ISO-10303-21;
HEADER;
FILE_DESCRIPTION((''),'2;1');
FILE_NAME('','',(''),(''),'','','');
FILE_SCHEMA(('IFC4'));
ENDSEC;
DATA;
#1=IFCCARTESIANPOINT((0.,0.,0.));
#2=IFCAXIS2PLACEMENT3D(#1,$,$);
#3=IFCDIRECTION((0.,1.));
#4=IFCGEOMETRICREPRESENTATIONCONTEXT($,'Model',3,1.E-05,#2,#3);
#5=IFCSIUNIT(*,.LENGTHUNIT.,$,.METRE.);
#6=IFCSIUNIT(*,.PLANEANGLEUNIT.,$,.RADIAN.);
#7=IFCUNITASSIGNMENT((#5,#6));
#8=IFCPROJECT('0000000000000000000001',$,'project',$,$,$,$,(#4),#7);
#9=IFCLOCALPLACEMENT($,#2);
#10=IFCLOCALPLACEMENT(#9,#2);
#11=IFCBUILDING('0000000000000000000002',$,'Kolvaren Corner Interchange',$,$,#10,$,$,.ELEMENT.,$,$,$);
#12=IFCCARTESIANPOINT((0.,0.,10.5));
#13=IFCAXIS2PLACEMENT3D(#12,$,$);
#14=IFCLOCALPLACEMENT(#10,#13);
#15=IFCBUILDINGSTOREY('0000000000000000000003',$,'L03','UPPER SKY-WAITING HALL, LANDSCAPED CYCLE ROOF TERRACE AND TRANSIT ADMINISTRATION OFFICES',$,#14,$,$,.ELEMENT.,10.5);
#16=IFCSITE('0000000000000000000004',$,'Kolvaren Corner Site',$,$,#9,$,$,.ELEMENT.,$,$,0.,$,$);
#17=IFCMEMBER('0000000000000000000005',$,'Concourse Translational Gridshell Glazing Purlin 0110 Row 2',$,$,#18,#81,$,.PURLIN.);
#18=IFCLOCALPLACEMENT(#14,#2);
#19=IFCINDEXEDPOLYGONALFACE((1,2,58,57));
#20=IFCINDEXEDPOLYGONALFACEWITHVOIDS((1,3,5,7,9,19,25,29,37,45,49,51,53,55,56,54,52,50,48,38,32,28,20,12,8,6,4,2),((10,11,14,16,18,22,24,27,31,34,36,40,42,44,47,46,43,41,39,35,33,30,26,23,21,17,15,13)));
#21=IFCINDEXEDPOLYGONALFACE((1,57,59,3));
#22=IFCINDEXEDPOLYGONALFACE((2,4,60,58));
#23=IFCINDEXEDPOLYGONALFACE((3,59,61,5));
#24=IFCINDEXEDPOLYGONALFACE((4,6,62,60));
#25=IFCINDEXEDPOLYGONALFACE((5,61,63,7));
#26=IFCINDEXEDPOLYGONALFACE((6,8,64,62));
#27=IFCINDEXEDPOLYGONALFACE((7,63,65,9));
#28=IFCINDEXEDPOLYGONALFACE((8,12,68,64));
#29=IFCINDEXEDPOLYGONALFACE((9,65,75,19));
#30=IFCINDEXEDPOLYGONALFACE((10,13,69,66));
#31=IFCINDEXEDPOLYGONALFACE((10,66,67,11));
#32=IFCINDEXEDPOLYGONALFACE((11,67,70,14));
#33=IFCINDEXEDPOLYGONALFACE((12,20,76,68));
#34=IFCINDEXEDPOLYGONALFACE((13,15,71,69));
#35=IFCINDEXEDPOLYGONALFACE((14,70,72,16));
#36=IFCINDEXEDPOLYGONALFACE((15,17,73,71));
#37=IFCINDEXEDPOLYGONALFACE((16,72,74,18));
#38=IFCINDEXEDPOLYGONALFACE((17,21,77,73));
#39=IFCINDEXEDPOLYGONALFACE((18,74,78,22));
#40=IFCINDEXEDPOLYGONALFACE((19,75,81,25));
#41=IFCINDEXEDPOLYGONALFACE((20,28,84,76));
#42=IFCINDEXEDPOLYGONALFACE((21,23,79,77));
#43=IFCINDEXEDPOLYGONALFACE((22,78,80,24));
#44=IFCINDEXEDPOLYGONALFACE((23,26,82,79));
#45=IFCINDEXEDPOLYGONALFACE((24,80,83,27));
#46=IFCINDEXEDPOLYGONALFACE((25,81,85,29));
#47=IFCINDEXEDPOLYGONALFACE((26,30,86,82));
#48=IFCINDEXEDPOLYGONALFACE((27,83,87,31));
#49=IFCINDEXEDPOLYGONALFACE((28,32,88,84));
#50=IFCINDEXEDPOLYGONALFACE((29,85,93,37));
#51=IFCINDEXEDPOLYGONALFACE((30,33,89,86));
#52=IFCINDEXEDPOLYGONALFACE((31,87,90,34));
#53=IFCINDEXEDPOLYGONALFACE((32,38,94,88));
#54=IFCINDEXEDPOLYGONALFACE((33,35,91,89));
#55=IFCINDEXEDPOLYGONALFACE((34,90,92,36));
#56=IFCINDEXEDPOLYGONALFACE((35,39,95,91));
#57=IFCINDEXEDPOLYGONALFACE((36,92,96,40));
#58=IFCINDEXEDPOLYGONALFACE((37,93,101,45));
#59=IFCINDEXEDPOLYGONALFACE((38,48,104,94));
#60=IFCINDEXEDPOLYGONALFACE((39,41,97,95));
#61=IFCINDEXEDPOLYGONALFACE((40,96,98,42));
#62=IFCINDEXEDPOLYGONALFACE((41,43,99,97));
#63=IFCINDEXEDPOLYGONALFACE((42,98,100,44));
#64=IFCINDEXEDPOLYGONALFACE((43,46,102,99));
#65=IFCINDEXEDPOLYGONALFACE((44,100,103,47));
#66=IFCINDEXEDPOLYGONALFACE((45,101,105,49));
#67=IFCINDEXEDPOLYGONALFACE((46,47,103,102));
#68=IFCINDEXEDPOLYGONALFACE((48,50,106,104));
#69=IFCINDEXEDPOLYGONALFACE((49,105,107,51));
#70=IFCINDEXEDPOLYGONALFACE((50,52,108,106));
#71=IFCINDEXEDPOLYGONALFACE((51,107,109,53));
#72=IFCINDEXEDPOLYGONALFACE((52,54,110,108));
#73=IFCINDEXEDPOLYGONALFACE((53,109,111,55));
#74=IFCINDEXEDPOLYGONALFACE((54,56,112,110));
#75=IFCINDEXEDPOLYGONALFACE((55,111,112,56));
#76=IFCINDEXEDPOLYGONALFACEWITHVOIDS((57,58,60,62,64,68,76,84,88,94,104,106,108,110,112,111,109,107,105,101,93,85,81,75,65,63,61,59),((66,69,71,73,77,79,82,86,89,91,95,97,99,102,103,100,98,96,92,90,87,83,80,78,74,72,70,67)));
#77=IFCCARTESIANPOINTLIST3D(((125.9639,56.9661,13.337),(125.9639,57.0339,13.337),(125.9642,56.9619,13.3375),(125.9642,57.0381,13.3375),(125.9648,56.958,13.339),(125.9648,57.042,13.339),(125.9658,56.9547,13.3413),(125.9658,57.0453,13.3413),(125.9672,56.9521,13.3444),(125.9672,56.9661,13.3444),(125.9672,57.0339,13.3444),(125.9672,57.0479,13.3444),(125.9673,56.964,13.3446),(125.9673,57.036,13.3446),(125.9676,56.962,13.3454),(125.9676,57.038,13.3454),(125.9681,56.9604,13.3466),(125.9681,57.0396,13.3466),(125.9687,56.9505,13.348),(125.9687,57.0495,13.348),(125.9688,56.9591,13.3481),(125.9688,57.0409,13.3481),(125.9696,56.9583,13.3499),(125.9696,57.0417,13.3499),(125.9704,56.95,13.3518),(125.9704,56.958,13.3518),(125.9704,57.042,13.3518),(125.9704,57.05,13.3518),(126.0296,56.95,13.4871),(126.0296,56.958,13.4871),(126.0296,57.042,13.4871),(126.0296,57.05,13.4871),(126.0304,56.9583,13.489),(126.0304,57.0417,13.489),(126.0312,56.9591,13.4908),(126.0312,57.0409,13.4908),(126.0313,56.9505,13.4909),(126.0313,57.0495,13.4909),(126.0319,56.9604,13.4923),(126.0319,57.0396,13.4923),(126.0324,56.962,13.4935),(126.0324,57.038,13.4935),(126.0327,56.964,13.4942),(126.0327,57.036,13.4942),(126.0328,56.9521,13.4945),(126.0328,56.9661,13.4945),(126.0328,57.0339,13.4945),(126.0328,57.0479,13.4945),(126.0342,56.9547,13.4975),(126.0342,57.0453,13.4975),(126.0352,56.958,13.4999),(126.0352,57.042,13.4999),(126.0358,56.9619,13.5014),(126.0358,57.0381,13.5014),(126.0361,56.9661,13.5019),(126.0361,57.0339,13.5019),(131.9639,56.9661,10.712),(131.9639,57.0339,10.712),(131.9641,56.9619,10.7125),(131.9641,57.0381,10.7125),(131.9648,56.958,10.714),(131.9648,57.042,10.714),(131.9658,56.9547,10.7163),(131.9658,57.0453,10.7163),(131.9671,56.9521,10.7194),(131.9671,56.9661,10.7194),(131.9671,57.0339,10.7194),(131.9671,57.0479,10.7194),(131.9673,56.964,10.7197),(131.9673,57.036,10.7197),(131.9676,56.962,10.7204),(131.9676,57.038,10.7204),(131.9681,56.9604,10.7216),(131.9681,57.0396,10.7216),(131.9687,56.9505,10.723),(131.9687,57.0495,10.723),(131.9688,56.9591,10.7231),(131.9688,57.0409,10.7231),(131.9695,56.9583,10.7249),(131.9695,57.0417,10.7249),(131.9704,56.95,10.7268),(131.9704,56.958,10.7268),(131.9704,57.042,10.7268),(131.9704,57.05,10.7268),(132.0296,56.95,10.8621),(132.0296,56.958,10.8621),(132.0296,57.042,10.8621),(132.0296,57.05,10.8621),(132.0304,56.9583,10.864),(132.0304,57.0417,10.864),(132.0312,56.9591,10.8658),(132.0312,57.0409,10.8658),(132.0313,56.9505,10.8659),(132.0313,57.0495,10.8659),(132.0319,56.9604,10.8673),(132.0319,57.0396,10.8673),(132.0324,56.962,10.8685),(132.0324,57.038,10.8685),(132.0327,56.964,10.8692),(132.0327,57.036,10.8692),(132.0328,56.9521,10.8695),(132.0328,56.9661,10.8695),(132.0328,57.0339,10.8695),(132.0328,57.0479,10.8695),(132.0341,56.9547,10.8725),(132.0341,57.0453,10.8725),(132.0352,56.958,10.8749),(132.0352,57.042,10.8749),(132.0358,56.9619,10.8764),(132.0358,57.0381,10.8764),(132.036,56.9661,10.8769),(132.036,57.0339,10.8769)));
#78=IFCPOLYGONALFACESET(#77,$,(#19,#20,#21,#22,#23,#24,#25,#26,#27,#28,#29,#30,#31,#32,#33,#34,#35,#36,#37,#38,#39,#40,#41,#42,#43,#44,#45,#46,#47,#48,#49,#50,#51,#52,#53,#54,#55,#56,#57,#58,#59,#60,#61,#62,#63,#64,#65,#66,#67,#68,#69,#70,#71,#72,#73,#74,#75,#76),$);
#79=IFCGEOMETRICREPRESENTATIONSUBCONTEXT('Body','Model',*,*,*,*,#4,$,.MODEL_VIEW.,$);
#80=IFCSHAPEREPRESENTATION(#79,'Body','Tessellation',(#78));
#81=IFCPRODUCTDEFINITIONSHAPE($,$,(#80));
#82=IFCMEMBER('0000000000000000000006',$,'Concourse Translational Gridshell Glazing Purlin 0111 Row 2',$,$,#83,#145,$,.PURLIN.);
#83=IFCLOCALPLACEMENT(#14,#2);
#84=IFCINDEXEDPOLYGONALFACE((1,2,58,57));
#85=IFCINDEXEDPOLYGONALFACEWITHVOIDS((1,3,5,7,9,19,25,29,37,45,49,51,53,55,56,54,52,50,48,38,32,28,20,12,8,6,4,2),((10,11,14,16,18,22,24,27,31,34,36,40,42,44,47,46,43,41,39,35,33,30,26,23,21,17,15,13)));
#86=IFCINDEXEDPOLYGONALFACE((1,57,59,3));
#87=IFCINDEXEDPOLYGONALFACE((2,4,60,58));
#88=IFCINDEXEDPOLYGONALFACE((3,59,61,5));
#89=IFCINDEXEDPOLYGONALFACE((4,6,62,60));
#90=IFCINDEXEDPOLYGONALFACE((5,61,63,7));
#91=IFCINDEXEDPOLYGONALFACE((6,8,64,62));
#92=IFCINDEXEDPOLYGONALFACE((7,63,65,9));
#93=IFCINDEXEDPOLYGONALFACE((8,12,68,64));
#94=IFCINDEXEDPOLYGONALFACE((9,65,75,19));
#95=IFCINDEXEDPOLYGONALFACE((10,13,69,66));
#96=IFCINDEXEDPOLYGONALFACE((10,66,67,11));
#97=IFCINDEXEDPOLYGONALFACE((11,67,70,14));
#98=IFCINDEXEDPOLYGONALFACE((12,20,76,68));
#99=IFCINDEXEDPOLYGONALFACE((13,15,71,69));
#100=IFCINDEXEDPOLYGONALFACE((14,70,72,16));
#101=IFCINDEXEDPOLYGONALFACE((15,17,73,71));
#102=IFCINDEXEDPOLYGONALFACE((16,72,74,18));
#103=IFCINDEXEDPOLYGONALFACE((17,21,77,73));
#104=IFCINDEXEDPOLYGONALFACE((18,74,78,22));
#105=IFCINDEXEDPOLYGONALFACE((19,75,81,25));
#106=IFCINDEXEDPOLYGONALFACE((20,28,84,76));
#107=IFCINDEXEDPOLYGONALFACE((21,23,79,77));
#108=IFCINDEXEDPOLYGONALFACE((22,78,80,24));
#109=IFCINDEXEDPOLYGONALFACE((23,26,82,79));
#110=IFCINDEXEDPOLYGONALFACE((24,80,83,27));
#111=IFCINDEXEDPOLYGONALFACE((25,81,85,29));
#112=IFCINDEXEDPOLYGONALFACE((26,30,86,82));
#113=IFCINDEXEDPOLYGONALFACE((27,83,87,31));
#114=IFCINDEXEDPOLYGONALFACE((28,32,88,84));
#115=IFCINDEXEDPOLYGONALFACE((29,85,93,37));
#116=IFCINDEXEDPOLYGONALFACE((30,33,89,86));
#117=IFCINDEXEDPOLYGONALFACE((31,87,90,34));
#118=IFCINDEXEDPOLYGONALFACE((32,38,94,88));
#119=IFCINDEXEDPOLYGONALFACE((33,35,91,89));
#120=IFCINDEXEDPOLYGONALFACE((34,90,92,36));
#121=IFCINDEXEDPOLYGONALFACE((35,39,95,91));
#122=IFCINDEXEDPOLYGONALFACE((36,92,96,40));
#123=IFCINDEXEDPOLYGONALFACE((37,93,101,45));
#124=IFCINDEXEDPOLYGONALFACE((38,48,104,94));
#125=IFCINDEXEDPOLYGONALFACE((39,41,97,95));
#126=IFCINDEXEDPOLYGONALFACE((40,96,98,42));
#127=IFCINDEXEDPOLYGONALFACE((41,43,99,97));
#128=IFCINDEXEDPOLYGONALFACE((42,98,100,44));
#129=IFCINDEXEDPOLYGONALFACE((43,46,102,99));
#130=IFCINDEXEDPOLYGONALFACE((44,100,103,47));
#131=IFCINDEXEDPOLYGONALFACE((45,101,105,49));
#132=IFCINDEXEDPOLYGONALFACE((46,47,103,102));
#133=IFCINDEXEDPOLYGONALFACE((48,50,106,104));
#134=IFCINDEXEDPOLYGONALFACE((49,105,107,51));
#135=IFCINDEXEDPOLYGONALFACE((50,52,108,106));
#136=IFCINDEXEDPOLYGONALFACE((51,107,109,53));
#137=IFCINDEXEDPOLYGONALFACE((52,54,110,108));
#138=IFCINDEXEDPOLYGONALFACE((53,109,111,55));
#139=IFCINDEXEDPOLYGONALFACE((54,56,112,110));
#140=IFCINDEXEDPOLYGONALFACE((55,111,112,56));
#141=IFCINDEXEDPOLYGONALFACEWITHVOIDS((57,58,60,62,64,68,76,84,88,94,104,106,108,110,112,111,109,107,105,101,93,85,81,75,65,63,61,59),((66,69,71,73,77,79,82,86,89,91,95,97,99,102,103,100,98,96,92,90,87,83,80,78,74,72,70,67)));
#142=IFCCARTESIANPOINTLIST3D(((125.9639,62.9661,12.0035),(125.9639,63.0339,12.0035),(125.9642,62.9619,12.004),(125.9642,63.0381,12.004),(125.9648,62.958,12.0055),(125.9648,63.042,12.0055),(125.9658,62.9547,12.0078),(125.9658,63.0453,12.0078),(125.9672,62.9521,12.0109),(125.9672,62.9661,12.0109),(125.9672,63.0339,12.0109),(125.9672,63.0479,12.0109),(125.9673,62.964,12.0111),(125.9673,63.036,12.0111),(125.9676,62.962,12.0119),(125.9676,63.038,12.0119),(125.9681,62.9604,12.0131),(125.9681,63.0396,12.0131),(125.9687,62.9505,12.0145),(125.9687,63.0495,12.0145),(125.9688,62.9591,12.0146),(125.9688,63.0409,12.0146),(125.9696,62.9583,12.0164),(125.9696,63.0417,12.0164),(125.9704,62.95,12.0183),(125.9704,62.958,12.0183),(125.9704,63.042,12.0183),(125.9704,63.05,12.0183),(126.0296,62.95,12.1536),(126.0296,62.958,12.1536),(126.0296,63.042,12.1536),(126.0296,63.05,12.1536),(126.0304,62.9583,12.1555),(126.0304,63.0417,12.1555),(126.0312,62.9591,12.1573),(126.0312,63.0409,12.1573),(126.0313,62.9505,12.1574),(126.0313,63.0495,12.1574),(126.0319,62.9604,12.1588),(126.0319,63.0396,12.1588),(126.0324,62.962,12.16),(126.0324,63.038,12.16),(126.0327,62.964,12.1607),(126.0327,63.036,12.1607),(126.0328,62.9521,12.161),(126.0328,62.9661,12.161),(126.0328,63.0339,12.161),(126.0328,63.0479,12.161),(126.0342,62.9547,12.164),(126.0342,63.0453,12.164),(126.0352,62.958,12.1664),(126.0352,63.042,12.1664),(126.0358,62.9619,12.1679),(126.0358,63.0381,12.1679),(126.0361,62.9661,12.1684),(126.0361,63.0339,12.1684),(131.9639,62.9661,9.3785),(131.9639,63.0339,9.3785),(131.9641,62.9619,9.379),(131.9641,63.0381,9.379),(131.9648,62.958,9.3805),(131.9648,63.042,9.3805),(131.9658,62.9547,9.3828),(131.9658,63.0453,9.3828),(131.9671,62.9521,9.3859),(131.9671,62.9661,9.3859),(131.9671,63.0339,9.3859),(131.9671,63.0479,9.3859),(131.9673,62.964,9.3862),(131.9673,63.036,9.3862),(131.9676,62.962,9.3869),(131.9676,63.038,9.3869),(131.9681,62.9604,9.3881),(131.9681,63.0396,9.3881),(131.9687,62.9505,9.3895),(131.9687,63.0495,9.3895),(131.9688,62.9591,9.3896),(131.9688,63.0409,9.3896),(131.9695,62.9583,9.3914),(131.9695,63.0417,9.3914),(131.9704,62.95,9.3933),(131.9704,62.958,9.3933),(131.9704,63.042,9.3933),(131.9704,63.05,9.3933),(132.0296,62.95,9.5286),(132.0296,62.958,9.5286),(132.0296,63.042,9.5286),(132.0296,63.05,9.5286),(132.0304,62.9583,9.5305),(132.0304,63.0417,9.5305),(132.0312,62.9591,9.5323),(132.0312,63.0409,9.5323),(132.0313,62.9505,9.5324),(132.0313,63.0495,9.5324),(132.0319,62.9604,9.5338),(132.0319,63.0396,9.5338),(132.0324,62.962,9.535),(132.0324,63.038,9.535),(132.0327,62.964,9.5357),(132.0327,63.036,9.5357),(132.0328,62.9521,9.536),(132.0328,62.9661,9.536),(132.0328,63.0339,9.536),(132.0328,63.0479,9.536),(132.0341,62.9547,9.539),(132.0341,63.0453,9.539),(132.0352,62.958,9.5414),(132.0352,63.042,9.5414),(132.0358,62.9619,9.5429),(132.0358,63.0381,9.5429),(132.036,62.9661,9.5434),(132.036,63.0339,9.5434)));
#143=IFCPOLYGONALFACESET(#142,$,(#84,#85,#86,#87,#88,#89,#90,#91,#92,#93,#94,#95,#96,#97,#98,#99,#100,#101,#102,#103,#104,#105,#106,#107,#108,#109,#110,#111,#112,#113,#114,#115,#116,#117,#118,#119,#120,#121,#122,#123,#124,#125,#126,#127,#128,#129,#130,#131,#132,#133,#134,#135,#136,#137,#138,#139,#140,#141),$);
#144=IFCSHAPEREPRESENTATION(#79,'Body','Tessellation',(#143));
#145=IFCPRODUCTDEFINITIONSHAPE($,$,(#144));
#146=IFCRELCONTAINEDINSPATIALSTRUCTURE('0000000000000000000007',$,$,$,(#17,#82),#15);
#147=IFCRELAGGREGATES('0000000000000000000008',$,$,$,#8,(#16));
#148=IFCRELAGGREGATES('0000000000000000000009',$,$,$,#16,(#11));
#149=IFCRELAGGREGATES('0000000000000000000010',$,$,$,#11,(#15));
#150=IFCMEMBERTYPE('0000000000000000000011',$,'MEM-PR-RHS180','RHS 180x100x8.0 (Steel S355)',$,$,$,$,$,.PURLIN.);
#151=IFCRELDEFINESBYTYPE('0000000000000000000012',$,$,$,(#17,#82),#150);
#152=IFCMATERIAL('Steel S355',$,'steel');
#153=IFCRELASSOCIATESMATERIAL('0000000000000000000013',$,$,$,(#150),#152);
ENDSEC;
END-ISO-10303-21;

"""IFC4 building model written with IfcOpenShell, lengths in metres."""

from ifc_helpers import new_model, si_unit, direction, frame, origin, origin_2d, place, context, subcontext, project, spatial, hollow_rectangle, extrude, material, material_profile, profile_set, type_object, element, save


model = new_model("IFC4")

# Units and contexts
model_context = context("Model", 3, precision=1e-05, world=origin(), true_north=direction((0.0, 1.0)))
body_context = subcontext(model_context, "Body", "Model", "MODEL_VIEW")
ifc_project = project(units=[si_unit("LENGTHUNIT", "METRE"), si_unit("PLANEANGLEUNIT", "RADIAN")], contexts=[model_context])

# Site, building, storey
site_placement = place(None, origin())
site = spatial("IfcSite", under=ifc_project, at=site_placement, Name="Kolvaren Corner Site", CompositionType="ELEMENT", RefElevation=0.0)
building_placement = place(site_placement, origin())
building = spatial("IfcBuilding", under=site, at=building_placement, Name="Kolvaren Corner Interchange", CompositionType="ELEMENT")
storey_placement = place(building_placement, frame((0.0, 0.0, 10.5)))
storey = spatial("IfcBuildingStorey", under=building, at=storey_placement, Name="L03", Description="UPPER SKY-WAITING HALL, LANDSCAPED CYCLE ROOF TERRACE AND TRANSIT ADMINISTRATION OFFICES", CompositionType="ELEMENT", Elevation=10.5)

# Members
ifc_material_1 = material(Name="Steel S355", Category="steel")
ifc_material_profile_1 = material_profile(ifc_material_1, hollow_rectangle(XDim=0.1001, YDim=0.1799, WallThickness=0.0081, InnerFilletRadius=0.0081, OuterFilletRadius=0.0161, at=origin_2d()), Name="RHS 180x100x8.0")
ifc_profile_set_1 = profile_set([ifc_material_profile_1], Name="Steel S355")
member_type_1 = type_object("IfcMemberType", Name="MEM-PR-RHS180", Description="RHS 180x100x8.0 (Steel S355)", PredefinedType="PURLIN", material=ifc_profile_set_1)
for number, where, z_axis, x_axis, name in (
    (1, (126.0, 57.0, 13.4194), (0.916157, 0.0, -0.400819), (0.0, 1.0, 0.0), "Concourse Translational Gridshell Glazing Purlin 0110 Row 2"),
    (2, (126.0, 63.0, 12.0859), (0.916157, 0.0, -0.400819), (0.0, 1.0, 0.0), "Concourse Translational Gridshell Glazing Purlin 0111 Row 2"),
):
    element("IfcMember", number, at=place(storey_placement, frame(where, z_axis=z_axis, x_axis=x_axis)), inside=storey, type_object=member_type_1, Name=name, PredefinedType="PURLIN", context=body_context, shape_type="SweptSolid", body=[
        extrude(hollow_rectangle(XDim=0.1001, YDim=0.1799, WallThickness=0.0081, InnerFilletRadius=0.0081, OuterFilletRadius=0.0161, at=origin_2d()), origin(), (0.0, 0.0, 1.0), 6.5491),
    ])

save(model, "model.ifc")
